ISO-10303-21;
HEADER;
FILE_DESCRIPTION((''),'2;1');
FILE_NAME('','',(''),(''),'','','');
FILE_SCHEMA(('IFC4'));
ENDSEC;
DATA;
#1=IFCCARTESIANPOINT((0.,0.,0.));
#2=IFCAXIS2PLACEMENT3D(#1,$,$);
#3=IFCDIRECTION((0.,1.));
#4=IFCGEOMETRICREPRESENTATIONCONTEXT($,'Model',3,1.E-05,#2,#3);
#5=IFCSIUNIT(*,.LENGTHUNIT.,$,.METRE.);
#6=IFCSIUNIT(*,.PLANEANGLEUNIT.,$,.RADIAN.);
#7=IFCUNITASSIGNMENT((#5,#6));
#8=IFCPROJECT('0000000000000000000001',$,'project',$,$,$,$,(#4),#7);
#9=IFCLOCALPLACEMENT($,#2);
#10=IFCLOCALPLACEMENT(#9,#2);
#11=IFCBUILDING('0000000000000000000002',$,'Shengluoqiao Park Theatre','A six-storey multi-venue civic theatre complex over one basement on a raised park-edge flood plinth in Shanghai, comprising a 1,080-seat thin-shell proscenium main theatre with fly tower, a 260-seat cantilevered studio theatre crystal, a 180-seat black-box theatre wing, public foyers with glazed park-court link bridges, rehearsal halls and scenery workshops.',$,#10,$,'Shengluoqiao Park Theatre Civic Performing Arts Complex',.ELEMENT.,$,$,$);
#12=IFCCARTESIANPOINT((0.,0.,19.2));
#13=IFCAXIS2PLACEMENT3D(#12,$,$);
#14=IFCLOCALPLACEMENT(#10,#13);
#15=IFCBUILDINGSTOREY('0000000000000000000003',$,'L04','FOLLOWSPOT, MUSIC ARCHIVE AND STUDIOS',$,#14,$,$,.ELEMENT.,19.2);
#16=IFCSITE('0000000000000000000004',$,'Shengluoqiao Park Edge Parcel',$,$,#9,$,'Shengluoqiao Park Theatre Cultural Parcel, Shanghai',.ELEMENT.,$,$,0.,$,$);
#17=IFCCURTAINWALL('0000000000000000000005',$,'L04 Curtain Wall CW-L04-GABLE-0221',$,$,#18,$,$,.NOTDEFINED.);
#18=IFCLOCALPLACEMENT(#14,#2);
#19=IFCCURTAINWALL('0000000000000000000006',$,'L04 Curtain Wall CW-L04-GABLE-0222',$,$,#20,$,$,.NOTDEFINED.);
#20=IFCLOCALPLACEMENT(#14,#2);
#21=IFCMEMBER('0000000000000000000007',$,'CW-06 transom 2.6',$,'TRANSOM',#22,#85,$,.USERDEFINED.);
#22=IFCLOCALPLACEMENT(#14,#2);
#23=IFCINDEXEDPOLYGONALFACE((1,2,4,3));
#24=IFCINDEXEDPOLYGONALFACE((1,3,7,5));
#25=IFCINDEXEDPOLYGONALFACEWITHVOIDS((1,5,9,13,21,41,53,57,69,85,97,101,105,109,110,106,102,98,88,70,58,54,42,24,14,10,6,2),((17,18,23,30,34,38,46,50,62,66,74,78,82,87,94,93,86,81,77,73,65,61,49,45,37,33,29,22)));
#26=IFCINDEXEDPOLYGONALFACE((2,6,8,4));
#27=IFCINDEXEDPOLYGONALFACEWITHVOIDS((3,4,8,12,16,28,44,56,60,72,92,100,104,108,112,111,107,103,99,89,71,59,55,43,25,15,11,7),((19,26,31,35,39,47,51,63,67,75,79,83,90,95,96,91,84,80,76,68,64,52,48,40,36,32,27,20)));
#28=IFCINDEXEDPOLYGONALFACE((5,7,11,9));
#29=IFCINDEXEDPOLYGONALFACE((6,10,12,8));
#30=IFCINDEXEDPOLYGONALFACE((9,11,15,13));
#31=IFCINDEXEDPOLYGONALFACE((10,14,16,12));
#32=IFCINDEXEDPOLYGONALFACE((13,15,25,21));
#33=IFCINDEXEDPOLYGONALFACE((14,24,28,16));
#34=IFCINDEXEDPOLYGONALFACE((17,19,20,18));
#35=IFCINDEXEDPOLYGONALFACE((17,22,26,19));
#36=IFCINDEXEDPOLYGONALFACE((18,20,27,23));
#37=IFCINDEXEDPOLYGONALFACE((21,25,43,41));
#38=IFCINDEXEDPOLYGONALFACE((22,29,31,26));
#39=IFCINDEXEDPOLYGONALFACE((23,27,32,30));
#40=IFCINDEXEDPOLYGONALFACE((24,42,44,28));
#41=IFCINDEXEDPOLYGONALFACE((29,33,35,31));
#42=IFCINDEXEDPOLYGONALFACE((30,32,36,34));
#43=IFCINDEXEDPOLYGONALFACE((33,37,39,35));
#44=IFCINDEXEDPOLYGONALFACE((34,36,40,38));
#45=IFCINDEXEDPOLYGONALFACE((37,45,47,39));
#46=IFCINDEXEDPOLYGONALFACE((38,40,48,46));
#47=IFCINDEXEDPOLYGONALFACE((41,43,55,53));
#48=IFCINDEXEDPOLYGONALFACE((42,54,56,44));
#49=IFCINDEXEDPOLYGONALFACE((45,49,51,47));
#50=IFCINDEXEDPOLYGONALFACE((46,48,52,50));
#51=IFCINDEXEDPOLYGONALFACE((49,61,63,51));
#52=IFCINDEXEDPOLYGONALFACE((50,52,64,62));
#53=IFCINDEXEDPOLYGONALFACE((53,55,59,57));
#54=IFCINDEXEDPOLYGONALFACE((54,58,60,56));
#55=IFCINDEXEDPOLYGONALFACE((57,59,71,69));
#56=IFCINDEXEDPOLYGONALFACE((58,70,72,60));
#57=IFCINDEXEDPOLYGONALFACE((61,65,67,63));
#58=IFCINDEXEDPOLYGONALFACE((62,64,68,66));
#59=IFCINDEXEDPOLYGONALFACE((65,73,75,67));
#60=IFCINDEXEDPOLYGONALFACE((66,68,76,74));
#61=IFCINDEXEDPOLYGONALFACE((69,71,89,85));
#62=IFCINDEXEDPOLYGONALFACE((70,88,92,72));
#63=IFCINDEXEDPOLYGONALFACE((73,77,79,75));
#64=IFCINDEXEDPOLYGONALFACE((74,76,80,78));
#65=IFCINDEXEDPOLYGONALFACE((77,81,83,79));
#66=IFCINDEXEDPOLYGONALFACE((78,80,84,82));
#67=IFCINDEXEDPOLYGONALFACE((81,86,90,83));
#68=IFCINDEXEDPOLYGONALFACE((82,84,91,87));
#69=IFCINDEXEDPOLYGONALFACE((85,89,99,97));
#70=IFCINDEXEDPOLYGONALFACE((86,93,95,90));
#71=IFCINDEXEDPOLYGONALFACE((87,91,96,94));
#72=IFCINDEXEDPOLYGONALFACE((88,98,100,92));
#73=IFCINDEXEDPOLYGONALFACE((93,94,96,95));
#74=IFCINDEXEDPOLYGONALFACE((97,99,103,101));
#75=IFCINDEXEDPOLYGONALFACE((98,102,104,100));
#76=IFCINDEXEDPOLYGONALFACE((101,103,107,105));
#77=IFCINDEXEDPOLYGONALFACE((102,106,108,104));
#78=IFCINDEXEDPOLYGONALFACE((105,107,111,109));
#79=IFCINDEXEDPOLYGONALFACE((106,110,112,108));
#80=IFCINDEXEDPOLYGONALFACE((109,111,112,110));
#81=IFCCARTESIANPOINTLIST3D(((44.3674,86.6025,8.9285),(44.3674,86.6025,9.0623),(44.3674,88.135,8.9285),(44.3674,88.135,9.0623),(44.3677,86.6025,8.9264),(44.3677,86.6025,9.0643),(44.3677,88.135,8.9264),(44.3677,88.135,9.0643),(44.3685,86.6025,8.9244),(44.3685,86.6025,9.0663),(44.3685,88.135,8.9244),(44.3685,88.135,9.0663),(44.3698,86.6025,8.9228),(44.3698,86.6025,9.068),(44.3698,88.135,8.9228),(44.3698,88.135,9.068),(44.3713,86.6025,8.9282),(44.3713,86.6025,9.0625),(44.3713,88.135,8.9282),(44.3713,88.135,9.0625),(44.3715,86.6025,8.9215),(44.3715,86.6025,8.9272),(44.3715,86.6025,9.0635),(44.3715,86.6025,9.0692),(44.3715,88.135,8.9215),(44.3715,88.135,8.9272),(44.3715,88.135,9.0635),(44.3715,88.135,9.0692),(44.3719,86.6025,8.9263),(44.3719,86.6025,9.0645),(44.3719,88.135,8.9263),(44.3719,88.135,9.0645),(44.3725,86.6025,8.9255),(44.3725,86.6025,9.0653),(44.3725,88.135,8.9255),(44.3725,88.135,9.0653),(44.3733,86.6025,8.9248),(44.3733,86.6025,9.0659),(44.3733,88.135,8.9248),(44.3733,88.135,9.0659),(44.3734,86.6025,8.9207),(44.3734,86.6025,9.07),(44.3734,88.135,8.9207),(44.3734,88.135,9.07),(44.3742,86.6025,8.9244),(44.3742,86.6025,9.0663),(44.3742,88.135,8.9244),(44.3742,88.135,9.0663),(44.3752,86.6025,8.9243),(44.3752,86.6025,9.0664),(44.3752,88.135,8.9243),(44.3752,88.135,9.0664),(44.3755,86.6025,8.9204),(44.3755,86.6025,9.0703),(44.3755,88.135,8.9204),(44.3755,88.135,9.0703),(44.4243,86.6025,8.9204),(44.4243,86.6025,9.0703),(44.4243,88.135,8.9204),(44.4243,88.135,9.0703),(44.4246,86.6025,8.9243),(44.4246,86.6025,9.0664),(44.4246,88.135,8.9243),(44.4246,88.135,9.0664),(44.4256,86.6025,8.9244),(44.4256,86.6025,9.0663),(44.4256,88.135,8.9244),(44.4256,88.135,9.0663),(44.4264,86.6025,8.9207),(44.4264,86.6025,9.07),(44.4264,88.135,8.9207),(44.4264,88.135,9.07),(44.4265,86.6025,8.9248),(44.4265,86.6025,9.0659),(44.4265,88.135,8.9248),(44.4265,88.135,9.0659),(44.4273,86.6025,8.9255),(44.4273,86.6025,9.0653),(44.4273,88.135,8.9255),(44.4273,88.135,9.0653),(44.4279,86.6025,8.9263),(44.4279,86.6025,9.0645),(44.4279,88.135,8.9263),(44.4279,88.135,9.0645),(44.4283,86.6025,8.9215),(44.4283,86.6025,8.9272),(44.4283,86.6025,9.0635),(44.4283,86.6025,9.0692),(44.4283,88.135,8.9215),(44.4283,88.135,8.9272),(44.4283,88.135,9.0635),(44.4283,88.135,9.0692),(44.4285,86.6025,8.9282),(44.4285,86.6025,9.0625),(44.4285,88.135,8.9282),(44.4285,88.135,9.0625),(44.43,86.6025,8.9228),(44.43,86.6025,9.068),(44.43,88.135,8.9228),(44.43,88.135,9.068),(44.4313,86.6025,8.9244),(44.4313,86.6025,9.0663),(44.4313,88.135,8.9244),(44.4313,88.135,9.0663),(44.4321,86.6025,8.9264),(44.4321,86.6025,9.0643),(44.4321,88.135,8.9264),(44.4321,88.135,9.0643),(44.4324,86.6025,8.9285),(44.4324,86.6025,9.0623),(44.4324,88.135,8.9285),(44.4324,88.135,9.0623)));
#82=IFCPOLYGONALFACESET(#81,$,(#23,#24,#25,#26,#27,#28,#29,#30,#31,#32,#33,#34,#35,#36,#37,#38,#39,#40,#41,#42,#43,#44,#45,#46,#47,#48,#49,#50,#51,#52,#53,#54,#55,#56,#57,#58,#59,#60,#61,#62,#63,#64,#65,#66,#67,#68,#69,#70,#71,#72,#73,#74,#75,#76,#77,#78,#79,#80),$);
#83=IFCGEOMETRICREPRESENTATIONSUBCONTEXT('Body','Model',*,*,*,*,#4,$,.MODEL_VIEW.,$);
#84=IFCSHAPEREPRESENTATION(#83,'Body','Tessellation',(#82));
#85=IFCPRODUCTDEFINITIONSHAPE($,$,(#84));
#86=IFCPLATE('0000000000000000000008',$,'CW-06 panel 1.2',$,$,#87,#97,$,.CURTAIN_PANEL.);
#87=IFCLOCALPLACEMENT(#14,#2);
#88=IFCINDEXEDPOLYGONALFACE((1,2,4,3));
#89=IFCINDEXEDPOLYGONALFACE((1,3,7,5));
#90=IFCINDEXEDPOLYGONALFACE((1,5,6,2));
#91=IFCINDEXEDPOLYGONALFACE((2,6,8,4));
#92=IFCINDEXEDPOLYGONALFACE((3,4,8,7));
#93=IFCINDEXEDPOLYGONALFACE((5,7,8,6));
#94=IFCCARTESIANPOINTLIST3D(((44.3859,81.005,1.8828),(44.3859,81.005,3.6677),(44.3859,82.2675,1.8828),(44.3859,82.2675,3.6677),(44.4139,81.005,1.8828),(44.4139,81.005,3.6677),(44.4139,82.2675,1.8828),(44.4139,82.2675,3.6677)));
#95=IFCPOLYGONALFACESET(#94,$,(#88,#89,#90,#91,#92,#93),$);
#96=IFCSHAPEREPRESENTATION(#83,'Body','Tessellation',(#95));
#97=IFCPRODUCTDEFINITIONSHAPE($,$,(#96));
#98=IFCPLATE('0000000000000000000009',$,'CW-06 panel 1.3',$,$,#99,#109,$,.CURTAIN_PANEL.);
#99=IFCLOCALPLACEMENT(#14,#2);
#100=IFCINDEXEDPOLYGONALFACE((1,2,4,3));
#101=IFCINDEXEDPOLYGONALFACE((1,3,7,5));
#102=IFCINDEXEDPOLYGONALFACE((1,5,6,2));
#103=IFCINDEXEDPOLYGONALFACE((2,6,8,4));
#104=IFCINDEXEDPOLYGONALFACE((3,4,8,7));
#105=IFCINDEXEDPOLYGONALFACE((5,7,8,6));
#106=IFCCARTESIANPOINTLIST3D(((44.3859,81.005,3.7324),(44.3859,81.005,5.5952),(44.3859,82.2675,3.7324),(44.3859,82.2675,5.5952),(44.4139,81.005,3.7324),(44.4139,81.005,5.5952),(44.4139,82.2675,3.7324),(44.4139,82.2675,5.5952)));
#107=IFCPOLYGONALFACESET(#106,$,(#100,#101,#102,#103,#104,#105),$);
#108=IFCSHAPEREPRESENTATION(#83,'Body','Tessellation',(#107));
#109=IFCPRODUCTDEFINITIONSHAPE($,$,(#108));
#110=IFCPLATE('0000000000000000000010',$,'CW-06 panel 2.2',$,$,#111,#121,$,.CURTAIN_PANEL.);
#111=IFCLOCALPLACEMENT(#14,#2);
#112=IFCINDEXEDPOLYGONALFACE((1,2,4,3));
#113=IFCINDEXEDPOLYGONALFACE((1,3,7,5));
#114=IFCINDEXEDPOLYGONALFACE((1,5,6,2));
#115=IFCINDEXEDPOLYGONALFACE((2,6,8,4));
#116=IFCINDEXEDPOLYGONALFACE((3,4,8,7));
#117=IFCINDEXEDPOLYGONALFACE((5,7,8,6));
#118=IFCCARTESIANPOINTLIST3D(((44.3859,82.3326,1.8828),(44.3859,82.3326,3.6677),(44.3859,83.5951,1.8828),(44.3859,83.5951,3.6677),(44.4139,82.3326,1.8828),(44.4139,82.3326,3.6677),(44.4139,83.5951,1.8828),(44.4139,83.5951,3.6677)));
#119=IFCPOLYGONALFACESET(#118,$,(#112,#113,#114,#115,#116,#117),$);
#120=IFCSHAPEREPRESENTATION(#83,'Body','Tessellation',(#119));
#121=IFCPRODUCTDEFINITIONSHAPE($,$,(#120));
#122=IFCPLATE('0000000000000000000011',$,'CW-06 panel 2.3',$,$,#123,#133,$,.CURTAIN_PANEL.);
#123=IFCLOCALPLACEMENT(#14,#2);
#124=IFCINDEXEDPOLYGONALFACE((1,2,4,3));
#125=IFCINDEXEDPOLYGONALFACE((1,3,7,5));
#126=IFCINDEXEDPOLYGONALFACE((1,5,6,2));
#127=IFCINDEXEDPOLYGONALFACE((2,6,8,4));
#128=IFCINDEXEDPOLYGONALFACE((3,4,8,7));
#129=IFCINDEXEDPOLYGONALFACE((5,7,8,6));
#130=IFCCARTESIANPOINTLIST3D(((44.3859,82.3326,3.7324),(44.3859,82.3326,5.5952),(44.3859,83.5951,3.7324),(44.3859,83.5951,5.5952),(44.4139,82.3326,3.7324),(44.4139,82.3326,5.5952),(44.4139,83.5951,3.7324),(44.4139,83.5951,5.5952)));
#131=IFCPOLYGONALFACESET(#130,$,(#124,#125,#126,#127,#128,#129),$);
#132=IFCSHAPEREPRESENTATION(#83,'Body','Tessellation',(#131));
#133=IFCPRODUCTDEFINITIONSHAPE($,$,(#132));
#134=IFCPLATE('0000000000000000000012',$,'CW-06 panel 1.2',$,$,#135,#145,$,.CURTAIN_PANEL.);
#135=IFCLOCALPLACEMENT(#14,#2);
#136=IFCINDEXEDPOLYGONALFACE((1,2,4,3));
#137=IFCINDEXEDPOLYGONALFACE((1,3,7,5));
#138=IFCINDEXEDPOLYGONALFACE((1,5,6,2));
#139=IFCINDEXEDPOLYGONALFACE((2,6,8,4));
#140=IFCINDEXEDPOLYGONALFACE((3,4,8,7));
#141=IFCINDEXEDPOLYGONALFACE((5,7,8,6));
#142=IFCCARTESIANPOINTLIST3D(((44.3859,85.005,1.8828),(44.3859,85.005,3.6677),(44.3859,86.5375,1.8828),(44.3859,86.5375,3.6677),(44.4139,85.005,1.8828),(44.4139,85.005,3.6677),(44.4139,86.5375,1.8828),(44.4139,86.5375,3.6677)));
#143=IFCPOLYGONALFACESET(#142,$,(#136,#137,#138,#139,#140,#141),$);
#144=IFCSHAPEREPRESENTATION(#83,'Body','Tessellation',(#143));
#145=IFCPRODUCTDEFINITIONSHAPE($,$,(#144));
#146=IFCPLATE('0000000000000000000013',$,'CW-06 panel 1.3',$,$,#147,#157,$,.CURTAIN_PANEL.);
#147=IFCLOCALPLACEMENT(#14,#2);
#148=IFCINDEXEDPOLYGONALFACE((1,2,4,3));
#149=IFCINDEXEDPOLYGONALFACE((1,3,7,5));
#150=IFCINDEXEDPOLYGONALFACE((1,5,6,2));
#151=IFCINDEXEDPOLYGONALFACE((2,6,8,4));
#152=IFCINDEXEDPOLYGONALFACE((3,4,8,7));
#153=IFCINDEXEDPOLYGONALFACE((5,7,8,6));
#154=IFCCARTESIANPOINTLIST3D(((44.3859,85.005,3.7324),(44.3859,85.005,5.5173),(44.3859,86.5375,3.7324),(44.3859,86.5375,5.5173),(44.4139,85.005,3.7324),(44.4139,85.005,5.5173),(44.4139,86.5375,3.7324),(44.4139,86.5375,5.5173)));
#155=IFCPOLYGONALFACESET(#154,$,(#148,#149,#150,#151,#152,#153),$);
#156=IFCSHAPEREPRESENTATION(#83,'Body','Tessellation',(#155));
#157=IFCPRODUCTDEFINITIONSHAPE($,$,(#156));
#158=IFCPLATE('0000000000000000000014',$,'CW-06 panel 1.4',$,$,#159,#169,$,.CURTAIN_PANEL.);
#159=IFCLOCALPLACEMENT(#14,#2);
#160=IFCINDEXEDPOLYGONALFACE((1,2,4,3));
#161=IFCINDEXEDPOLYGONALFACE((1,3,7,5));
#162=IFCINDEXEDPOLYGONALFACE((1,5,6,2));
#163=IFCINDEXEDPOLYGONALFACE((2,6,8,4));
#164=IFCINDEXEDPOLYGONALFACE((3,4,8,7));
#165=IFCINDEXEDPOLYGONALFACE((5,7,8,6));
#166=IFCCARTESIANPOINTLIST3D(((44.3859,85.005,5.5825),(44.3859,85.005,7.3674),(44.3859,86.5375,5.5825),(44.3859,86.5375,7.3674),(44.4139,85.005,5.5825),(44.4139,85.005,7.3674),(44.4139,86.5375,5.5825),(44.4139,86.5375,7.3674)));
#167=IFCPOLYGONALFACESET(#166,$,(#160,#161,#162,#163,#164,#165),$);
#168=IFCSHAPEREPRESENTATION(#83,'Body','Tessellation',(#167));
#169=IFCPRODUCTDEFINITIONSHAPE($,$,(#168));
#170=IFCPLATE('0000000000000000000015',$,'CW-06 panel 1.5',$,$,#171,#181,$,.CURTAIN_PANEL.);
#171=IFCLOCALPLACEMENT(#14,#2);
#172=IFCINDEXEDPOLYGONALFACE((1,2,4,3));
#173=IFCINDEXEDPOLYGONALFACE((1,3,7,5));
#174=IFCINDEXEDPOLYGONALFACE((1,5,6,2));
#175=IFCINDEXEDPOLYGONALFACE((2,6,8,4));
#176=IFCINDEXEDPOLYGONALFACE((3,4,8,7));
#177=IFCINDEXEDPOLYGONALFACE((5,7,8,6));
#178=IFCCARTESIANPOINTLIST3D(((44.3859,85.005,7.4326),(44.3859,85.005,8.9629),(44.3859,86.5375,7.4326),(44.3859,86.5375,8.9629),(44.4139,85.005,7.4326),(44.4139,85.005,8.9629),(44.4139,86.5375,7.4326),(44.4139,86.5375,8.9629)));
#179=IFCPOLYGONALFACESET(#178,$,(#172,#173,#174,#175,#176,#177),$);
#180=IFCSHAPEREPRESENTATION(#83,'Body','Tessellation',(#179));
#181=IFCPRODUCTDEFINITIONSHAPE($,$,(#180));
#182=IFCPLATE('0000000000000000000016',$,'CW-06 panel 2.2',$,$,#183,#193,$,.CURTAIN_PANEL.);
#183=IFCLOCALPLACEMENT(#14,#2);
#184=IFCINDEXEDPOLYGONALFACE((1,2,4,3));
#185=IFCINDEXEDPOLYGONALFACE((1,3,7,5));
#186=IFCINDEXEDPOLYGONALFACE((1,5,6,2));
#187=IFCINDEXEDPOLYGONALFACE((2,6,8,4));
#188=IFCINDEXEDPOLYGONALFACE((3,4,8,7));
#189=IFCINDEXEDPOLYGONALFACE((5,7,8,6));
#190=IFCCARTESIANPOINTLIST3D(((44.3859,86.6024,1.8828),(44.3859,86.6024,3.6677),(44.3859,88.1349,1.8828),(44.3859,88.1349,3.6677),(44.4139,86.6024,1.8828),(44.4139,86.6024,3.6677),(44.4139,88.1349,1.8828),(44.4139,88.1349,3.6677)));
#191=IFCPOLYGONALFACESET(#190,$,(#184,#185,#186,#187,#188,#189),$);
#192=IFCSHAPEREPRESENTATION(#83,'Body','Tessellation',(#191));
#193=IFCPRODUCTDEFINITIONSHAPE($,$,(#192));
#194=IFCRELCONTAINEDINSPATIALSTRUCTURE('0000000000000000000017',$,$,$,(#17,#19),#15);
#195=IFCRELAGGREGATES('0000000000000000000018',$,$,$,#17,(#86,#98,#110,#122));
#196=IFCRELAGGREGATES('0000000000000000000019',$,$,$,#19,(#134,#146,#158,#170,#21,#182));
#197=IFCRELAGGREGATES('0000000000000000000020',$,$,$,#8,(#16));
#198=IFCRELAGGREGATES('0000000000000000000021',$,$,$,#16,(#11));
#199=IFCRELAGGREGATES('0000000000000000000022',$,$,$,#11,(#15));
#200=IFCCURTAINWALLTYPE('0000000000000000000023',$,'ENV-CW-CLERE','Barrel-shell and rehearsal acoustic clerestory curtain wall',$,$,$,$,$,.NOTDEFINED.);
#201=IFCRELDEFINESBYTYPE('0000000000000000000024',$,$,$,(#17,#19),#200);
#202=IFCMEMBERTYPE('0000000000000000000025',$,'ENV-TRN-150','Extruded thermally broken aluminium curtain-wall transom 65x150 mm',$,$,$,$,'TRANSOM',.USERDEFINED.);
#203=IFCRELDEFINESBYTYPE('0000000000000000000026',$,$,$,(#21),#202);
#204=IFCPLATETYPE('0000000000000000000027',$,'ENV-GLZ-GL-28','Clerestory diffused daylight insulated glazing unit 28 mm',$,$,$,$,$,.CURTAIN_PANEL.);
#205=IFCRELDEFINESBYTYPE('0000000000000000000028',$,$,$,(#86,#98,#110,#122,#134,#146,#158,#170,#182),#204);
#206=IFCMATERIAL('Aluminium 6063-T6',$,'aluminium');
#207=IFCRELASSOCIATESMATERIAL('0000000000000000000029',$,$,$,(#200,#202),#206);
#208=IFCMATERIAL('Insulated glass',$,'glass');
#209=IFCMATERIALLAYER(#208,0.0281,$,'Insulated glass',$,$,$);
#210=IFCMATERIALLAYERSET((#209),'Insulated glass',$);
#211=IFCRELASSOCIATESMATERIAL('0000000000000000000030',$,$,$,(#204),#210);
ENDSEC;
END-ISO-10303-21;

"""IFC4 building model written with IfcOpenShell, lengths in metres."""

from ifc_helpers import new_model, si_unit, direction, frame, origin, origin_2d, place, context, subcontext, project, spatial, rectangle, hollow_rectangle, extrude, material, layer, layer_set, material_profile, profile_set, type_object, element, aggregate, save


model = new_model("IFC4")

# Units and contexts
model_context = context("Model", 3, precision=1e-05, world=origin(), true_north=direction((0.0, 1.0)))
body_context = subcontext(model_context, "Body", "Model", "MODEL_VIEW")
ifc_project = project(units=[si_unit("LENGTHUNIT", "METRE"), si_unit("PLANEANGLEUNIT", "RADIAN")], contexts=[model_context])

# Site, building, storey
site_placement = place(None, origin())
site = spatial("IfcSite", under=ifc_project, at=site_placement, Name="Shengluoqiao Park Edge Parcel", LongName="Shengluoqiao Park Theatre Cultural Parcel, Shanghai", CompositionType="ELEMENT", RefElevation=0.0)
building_placement = place(site_placement, origin())
building = spatial("IfcBuilding", under=site, at=building_placement, Name="Shengluoqiao Park Theatre", Description="A six-storey multi-venue civic theatre complex over one basement on a raised park-edge flood plinth in Shanghai, comprising a 1,080-seat thin-shell proscenium main theatre with fly tower, a 260-seat cantilevered studio theatre crystal, a 180-seat black-box theatre wing, public foyers with glazed park-court link bridges, rehearsal halls and scenery workshops.", LongName="Shengluoqiao Park Theatre Civic Performing Arts Complex", CompositionType="ELEMENT")
storey_placement = place(building_placement, frame((0.0, 0.0, 19.2)))
storey = spatial("IfcBuildingStorey", under=building, at=storey_placement, Name="L04", Description="FOLLOWSPOT, MUSIC ARCHIVE AND STUDIOS", CompositionType="ELEMENT", Elevation=19.2)

# Shared definitions
ifc_material_1 = material(Name="Aluminium 6063-T6", Category="aluminium")
curtain_wall_type = type_object("IfcCurtainWallType", Name="ENV-CW-CLERE", Description="Barrel-shell and rehearsal acoustic clerestory curtain wall", PredefinedType="NOTDEFINED", material=ifc_material_1)
ifc_material_profile = material_profile(ifc_material_1, hollow_rectangle(XDim=0.0649, YDim=0.1499, WallThickness=0.0039, InnerFilletRadius=0.0039, OuterFilletRadius=0.0081, at=origin_2d()), Name="ALU TRANSOM 150x65x4")
ifc_profile_set = profile_set([ifc_material_profile], Name="Aluminium 6063-T6")
member_type = type_object("IfcMemberType", Name="ENV-TRN-150", Description="Extruded thermally broken aluminium curtain-wall transom 65x150 mm", ElementType="TRANSOM", PredefinedType="USERDEFINED", material=ifc_profile_set)

# Curtain walls, member
curtain_wall_1_placement = place(storey_placement, origin())
curtain_wall_1 = element("IfcCurtainWall", 1, at=curtain_wall_1_placement, inside=storey, type_object=curtain_wall_type, Name="L04 Curtain Wall CW-L04-GABLE-0221", PredefinedType="NOTDEFINED")
curtain_wall_2_placement = place(storey_placement, origin())
curtain_wall_2 = element("IfcCurtainWall", 2, at=curtain_wall_2_placement, inside=storey, type_object=curtain_wall_type, Name="L04 Curtain Wall CW-L04-GABLE-0222", PredefinedType="NOTDEFINED")
member_1_placement = place(storey_placement, frame((44.3999, 86.6025, 8.9954), z_axis=(0.0, 1.0, 0.0), x_axis=(-1.0, 0.0, 0.0)))
member_1 = element("IfcMember", 3, at=member_1_placement, type_object=member_type, Name="CW-06 transom 2.6", ObjectType="TRANSOM", PredefinedType="USERDEFINED", context=body_context, shape_type="SweptSolid", body=[
    extrude(hollow_rectangle(XDim=0.0649, YDim=0.1499, WallThickness=0.0039, InnerFilletRadius=0.0039, OuterFilletRadius=0.0081, at=origin_2d()), origin(), (0.0, 0.0, 1.0), 1.5325),
])

# Plates
ifc_material_2 = material(Name="Insulated glass", Category="glass")
ifc_layer = layer(ifc_material_2, 0.0281, Name="Insulated glass")
ifc_layer_set = layer_set([ifc_layer], Name="Insulated glass")
plate_type = type_object("IfcPlateType", Name="ENV-GLZ-GL-28", Description="Clerestory diffused daylight insulated glazing unit 28 mm", PredefinedType="CURTAIN_PANEL", material=ifc_layer_set)
plate_1_placement = place(storey_placement, frame((44.3999, 81.6362, 1.8828), z_axis=(0.0, 0.0, 1.0), x_axis=(0.0, 1.0, 0.0)))
plate_1 = element("IfcPlate", 4, at=plate_1_placement, type_object=plate_type, Name="CW-06 panel 1.2", PredefinedType="CURTAIN_PANEL", context=body_context, shape_type="SweptSolid", body=[
    extrude(rectangle(XDim=1.2625, YDim=0.0281, at=origin_2d()), origin(), (0.0, 0.0, 1.0), 1.7849),
])
plate_2_placement = place(storey_placement, frame((44.3999, 81.6362, 3.7324), z_axis=(0.0, 0.0, 1.0), x_axis=(0.0, 1.0, 0.0)))
plate_2 = element("IfcPlate", 5, at=plate_2_placement, type_object=plate_type, Name="CW-06 panel 1.3", PredefinedType="CURTAIN_PANEL", context=body_context, shape_type="SweptSolid", body=[
    extrude(rectangle(XDim=1.2625, YDim=0.0281, at=origin_2d()), origin(), (0.0, 0.0, 1.0), 1.8628),
])
plate_3_placement = place(storey_placement, frame((44.3999, 82.9639, 1.8828), z_axis=(0.0, 0.0, 1.0), x_axis=(0.0, 1.0, 0.0)))
plate_3 = element("IfcPlate", 6, at=plate_3_placement, type_object=plate_type, Name="CW-06 panel 2.2", PredefinedType="CURTAIN_PANEL", context=body_context, shape_type="SweptSolid", body=[
    extrude(rectangle(XDim=1.2625, YDim=0.0281, at=origin_2d()), origin(), (0.0, 0.0, 1.0), 1.7849),
])
plate_4_placement = place(storey_placement, frame((44.3999, 82.9639, 3.7324), z_axis=(0.0, 0.0, 1.0), x_axis=(0.0, 1.0, 0.0)))
plate_4 = element("IfcPlate", 7, at=plate_4_placement, type_object=plate_type, Name="CW-06 panel 2.3", PredefinedType="CURTAIN_PANEL", context=body_context, shape_type="SweptSolid", body=[
    extrude(rectangle(XDim=1.2625, YDim=0.0281, at=origin_2d()), origin(), (0.0, 0.0, 1.0), 1.8628),
])
aggregate(curtain_wall_1, [plate_1, plate_2, plate_3, plate_4])
plate_5_placement = place(storey_placement, frame((44.3999, 85.7712, 1.8828), z_axis=(0.0, 0.0, 1.0), x_axis=(0.0, 1.0, 0.0)))
plate_5 = element("IfcPlate", 8, at=plate_5_placement, type_object=plate_type, Name="CW-06 panel 1.2", PredefinedType="CURTAIN_PANEL", context=body_context, shape_type="SweptSolid", body=[
    extrude(rectangle(XDim=1.5325, YDim=0.0281, at=origin_2d()), origin(), (0.0, 0.0, 1.0), 1.7849),
])
plate_6_placement = place(storey_placement, frame((44.3999, 85.7712, 3.7324), z_axis=(0.0, 0.0, 1.0), x_axis=(0.0, 1.0, 0.0)))
plate_6 = element("IfcPlate", 9, at=plate_6_placement, type_object=plate_type, Name="CW-06 panel 1.3", PredefinedType="CURTAIN_PANEL", context=body_context, shape_type="SweptSolid", body=[
    extrude(rectangle(XDim=1.5325, YDim=0.0281, at=origin_2d()), origin(), (0.0, 0.0, 1.0), 1.7849),
])
plate_7_placement = place(storey_placement, frame((44.3999, 85.7712, 5.5825), z_axis=(0.0, 0.0, 1.0), x_axis=(0.0, 1.0, 0.0)))
plate_7 = element("IfcPlate", 10, at=plate_7_placement, type_object=plate_type, Name="CW-06 panel 1.4", PredefinedType="CURTAIN_PANEL", context=body_context, shape_type="SweptSolid", body=[
    extrude(rectangle(XDim=1.5325, YDim=0.0281, at=origin_2d()), origin(), (0.0, 0.0, 1.0), 1.7849),
])
plate_8_placement = place(storey_placement, frame((44.3999, 85.7712, 7.4326), z_axis=(0.0, 0.0, 1.0), x_axis=(0.0, 1.0, 0.0)))
plate_8 = element("IfcPlate", 11, at=plate_8_placement, type_object=plate_type, Name="CW-06 panel 1.5", PredefinedType="CURTAIN_PANEL", context=body_context, shape_type="SweptSolid", body=[
    extrude(rectangle(XDim=1.5325, YDim=0.0281, at=origin_2d()), origin(), (0.0, 0.0, 1.0), 1.5303),
])
plate_9_placement = place(storey_placement, frame((44.3999, 87.3687, 1.8828), z_axis=(0.0, 0.0, 1.0), x_axis=(0.0, 1.0, 0.0)))
plate_9 = element("IfcPlate", 12, at=plate_9_placement, type_object=plate_type, Name="CW-06 panel 2.2", PredefinedType="CURTAIN_PANEL", context=body_context, shape_type="SweptSolid", body=[
    extrude(rectangle(XDim=1.5325, YDim=0.0281, at=origin_2d()), origin(), (0.0, 0.0, 1.0), 1.7849),
])
aggregate(curtain_wall_2, [plate_5, plate_6, plate_7, plate_8, member_1, plate_9])

save(model, "model.ifc")
